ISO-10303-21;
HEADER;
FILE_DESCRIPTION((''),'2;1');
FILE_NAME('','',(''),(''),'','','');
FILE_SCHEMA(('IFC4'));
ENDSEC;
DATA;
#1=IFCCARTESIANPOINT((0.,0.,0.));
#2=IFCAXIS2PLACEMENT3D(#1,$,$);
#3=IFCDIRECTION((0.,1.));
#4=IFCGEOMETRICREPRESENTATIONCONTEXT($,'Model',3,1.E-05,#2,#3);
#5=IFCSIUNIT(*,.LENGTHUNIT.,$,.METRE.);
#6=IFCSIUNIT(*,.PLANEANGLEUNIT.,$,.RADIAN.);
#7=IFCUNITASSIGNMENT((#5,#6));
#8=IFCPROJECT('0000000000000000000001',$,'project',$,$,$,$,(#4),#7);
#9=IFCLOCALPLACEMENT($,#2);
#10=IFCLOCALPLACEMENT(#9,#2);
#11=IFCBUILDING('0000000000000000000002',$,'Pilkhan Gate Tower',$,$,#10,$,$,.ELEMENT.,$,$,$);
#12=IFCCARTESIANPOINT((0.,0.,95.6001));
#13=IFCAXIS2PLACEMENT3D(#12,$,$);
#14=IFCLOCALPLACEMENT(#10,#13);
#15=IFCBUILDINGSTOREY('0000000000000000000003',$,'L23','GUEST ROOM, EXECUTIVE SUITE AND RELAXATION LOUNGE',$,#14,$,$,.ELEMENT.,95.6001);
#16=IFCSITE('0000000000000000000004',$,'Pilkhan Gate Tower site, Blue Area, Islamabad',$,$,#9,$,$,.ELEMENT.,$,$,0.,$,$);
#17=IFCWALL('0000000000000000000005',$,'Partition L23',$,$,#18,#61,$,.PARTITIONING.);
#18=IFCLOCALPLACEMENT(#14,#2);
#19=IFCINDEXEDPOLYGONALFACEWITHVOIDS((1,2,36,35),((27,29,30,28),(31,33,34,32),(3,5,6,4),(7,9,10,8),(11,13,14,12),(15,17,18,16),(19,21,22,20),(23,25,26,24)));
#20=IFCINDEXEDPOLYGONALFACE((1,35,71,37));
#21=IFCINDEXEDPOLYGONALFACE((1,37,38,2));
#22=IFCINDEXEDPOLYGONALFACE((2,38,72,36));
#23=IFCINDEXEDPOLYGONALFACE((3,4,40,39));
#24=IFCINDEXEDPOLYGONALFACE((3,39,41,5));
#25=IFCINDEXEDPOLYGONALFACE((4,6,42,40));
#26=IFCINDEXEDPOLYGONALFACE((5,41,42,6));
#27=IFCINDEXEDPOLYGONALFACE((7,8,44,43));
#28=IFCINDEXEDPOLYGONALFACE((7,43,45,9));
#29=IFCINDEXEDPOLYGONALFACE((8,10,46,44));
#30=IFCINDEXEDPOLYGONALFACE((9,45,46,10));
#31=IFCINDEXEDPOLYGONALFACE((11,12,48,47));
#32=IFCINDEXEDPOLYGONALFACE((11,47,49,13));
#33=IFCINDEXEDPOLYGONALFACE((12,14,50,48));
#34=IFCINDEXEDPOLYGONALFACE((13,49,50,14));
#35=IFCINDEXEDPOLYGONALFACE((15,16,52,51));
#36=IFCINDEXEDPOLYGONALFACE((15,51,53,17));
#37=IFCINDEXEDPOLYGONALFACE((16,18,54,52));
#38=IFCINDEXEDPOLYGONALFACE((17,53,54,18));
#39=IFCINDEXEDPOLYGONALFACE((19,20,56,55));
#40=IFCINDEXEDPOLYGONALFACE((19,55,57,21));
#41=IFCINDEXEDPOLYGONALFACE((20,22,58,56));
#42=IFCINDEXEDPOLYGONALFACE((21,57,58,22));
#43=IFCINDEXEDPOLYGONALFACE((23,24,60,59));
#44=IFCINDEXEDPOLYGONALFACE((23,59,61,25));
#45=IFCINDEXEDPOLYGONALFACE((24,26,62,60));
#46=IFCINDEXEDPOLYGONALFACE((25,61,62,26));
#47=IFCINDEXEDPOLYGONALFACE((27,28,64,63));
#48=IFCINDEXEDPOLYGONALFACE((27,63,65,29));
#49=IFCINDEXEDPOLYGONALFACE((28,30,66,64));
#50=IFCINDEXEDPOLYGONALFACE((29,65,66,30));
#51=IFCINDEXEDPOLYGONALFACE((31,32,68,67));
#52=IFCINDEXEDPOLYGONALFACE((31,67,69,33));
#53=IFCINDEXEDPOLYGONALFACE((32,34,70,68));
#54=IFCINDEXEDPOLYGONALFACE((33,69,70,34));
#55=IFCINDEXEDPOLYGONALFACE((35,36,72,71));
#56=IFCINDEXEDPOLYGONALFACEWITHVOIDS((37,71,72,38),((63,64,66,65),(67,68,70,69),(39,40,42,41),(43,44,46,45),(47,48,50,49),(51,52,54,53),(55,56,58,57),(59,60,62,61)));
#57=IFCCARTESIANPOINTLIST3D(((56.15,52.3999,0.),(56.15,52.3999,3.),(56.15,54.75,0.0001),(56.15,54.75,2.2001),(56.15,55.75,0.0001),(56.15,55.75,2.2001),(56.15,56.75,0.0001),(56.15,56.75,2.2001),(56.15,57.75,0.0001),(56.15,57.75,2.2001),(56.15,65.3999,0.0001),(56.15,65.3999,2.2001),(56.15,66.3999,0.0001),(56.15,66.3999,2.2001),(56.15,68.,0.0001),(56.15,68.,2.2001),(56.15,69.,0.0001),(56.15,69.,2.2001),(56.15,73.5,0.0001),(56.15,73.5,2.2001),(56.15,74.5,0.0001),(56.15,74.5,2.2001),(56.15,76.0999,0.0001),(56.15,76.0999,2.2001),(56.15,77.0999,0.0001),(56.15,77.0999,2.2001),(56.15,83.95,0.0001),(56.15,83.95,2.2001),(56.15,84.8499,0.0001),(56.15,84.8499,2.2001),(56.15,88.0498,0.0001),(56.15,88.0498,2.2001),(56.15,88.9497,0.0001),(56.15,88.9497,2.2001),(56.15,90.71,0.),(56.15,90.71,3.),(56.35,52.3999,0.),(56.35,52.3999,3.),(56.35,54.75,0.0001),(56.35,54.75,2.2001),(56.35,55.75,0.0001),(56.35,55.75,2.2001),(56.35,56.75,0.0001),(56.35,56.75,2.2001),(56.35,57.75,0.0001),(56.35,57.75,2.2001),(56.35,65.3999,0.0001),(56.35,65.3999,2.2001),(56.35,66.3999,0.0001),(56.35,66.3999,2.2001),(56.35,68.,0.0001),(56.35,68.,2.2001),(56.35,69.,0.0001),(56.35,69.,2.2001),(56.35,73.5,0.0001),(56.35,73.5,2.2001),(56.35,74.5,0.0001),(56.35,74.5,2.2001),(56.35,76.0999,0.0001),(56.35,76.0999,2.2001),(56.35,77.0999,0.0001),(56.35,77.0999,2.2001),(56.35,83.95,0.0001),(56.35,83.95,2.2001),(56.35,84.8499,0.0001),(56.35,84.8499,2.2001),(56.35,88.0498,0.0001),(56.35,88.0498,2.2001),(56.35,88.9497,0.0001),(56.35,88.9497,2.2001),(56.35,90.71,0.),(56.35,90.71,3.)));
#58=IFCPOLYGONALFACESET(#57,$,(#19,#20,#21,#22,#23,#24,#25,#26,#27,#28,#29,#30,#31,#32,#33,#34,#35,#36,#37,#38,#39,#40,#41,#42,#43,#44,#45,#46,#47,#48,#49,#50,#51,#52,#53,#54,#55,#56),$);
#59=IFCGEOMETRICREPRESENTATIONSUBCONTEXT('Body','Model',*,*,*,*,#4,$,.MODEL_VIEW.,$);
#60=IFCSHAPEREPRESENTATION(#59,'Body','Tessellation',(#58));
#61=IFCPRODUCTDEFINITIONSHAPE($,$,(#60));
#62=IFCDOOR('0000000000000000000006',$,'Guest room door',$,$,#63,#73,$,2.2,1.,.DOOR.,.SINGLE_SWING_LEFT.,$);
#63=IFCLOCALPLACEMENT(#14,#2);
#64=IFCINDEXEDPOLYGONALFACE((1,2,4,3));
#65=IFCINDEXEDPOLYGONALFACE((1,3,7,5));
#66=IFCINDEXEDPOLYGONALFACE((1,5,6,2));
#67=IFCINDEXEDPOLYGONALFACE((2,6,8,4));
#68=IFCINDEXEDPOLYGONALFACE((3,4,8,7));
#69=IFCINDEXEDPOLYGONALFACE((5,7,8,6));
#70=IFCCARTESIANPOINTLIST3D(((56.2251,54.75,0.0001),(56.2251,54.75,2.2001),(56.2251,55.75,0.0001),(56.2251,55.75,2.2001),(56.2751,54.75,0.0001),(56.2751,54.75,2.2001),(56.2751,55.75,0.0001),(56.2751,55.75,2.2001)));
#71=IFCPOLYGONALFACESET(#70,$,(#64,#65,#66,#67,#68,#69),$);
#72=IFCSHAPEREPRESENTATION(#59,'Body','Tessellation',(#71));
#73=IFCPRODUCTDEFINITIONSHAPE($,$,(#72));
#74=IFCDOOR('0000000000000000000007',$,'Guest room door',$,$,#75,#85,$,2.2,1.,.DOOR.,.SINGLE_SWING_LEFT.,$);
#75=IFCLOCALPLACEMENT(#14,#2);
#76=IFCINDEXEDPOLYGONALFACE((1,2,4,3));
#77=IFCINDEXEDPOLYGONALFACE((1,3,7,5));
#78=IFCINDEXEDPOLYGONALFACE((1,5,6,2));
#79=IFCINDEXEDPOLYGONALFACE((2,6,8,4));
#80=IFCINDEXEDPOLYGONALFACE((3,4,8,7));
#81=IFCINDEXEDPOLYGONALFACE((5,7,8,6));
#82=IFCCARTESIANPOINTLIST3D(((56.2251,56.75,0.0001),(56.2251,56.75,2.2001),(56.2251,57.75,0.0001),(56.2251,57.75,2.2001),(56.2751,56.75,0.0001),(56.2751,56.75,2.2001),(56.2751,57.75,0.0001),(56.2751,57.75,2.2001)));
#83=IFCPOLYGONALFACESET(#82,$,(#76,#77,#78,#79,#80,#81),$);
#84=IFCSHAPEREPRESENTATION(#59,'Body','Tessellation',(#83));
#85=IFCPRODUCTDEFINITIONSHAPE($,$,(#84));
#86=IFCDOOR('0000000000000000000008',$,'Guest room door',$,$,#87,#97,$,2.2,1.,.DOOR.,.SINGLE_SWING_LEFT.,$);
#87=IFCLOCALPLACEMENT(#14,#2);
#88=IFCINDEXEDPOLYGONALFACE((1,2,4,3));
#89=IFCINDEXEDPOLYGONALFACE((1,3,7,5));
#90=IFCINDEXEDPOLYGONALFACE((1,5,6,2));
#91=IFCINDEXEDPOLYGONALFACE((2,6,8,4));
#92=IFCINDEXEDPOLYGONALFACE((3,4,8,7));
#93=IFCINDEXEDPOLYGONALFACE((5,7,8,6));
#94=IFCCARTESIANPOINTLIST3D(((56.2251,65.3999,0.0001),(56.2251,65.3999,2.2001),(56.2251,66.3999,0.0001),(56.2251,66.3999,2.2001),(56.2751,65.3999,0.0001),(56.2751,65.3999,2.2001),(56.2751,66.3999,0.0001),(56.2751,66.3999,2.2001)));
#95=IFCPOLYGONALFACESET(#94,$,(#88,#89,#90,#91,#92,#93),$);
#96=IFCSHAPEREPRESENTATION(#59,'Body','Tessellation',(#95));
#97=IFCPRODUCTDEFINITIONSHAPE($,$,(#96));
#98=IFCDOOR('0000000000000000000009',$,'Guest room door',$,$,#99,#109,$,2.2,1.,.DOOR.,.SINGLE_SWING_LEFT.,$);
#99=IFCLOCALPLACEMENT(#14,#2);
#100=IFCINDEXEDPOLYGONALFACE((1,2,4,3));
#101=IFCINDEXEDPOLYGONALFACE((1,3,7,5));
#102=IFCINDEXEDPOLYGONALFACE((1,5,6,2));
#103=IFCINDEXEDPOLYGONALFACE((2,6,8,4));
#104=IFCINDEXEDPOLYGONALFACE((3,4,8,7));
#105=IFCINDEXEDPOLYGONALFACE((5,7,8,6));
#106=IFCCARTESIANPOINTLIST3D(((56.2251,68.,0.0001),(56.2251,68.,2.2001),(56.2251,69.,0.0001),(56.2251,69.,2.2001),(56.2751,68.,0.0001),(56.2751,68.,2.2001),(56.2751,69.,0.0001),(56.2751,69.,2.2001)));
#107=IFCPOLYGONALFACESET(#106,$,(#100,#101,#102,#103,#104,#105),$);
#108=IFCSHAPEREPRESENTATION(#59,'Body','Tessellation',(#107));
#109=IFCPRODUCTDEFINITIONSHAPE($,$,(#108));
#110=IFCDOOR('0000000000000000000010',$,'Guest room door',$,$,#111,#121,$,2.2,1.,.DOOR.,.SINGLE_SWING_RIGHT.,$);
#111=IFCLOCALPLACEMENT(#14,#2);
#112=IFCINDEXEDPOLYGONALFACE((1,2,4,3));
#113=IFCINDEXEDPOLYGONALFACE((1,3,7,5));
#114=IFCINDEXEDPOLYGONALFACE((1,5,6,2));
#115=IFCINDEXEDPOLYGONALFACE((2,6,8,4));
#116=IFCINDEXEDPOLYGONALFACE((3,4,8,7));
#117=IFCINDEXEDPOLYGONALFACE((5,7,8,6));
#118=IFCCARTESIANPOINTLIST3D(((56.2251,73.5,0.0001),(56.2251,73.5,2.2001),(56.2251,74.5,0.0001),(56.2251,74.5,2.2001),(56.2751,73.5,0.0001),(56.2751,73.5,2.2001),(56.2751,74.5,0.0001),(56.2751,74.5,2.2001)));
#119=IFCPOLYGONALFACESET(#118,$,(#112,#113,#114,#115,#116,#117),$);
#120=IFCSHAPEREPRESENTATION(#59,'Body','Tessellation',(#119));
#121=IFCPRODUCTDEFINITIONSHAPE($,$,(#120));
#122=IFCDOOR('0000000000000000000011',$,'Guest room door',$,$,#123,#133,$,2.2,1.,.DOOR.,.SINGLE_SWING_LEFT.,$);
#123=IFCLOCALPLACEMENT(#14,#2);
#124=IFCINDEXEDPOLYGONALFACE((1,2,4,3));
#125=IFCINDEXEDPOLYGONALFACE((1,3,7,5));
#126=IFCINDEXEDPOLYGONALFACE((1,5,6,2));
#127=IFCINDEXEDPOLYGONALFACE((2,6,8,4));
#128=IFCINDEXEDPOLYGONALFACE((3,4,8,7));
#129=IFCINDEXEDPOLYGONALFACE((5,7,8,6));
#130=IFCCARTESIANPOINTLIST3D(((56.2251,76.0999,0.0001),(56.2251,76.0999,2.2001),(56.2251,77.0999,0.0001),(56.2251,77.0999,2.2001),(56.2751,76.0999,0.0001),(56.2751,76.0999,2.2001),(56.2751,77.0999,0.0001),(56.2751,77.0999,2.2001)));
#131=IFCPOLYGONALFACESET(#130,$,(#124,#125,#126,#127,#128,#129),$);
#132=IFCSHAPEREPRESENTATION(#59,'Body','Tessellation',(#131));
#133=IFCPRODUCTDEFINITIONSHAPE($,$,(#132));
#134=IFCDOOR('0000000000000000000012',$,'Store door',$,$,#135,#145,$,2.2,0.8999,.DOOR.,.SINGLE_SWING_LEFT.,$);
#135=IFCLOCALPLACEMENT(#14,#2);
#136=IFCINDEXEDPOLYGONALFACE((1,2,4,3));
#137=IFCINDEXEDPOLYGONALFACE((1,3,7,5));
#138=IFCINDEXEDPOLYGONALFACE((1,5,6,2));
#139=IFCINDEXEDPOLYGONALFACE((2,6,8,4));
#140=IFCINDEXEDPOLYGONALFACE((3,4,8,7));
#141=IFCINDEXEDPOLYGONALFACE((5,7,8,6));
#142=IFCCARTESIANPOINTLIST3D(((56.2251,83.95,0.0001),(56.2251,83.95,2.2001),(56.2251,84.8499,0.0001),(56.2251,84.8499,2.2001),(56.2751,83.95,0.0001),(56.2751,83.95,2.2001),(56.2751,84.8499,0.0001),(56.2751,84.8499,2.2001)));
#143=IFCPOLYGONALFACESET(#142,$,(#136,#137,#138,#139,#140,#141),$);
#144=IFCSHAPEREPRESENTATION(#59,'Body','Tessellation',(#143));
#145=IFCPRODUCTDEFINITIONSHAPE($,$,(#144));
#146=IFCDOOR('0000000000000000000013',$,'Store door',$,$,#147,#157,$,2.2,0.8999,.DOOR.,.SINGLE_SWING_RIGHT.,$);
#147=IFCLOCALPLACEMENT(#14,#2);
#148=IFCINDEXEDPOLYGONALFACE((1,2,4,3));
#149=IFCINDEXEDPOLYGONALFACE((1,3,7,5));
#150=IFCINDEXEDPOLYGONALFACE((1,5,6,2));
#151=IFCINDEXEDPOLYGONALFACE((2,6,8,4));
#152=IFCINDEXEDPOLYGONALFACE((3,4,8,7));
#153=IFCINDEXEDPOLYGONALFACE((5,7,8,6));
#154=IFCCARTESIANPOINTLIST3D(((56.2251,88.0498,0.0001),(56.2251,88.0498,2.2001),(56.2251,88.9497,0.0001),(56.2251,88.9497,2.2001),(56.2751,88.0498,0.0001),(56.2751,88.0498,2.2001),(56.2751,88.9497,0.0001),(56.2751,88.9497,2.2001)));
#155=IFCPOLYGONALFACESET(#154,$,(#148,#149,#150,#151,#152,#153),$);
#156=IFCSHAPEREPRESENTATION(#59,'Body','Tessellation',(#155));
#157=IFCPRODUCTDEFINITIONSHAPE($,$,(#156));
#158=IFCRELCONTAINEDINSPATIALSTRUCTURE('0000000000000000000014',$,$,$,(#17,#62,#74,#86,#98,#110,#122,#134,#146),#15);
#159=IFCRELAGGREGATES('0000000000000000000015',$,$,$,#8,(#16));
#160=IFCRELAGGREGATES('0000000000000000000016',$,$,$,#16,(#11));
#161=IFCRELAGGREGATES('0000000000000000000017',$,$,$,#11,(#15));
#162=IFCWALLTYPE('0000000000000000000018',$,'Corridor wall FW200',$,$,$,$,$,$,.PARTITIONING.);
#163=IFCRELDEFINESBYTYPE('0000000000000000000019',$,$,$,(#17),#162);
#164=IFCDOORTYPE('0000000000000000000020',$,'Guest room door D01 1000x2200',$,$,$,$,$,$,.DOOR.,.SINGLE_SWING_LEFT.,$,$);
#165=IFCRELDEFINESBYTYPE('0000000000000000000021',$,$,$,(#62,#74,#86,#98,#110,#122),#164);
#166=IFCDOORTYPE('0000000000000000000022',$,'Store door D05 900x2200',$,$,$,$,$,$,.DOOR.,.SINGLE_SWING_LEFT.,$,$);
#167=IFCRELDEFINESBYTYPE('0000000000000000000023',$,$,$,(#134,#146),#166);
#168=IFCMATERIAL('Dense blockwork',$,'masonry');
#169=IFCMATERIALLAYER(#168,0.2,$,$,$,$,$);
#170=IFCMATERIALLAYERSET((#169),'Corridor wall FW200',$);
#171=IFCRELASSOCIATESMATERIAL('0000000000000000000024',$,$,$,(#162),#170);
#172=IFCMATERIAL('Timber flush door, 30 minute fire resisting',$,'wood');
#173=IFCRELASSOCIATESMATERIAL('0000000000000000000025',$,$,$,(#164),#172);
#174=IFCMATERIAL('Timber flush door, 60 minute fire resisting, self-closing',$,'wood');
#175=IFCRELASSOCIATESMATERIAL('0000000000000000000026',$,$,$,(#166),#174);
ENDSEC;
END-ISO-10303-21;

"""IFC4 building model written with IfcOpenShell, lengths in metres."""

from ifc_helpers import new_model, si_unit, direction, frame, frame_2d, origin, place, context, subcontext, project, spatial, rectangle, extrude, material, layer, layer_set, type_object, element, fill, save


model = new_model("IFC4")

# Units and contexts
model_context = context("Model", 3, precision=1e-05, world=origin(), true_north=direction((0.0, 1.0)))
body_context = subcontext(model_context, "Body", "Model", "MODEL_VIEW")
ifc_project = project(units=[si_unit("LENGTHUNIT", "METRE"), si_unit("PLANEANGLEUNIT", "RADIAN")], contexts=[model_context])

# Site, building, storey
site_placement = place(None, origin())
site = spatial("IfcSite", under=ifc_project, at=site_placement, Name="Pilkhan Gate Tower site, Blue Area, Islamabad", CompositionType="ELEMENT", RefElevation=0.0)
building_placement = place(site_placement, origin())
building = spatial("IfcBuilding", under=site, at=building_placement, Name="Pilkhan Gate Tower", CompositionType="ELEMENT")
storey_placement = place(building_placement, frame((0.0, 0.0, 95.6001)))
storey = spatial("IfcBuildingStorey", under=building, at=storey_placement, Name="L23", Description="GUEST ROOM, EXECUTIVE SUITE AND RELAXATION LOUNGE", CompositionType="ELEMENT", Elevation=95.6001)

# Wall, openings, doors
ifc_material_1 = material(Name="Dense blockwork", Category="masonry")
ifc_layer_1 = layer(ifc_material_1, 0.2)
ifc_layer_set_1 = layer_set([ifc_layer_1], Name="Corridor wall FW200")
wall_type_1 = type_object("IfcWallType", Name="Corridor wall FW200", PredefinedType="PARTITIONING", material=ifc_layer_set_1)
ifc_material_2 = material(Name="Timber flush door, 30 minute fire resisting", Category="wood")
wall_1_placement = place(storey_placement, frame((56.25, 52.3999, 0.0), z_axis=(0.0, 0.0, 1.0), x_axis=(0.0, 1.0, 0.0)))
wall_1 = element("IfcWall", 1, at=wall_1_placement, inside=storey, type_object=wall_type_1, Name="Partition L23", PredefinedType="PARTITIONING", context=body_context, shape_type="SweptSolid", body=[
    extrude(rectangle(XDim=38.3101, YDim=0.2, at=frame_2d((19.155, 0.0))), origin(), (0.0, 0.0, 1.0), 3.0),
])
opening_1_placement = place(wall_1_placement, frame((2.3501, 0.0, 0.0)))
opening_1 = element("IfcOpeningElement", 2, at=opening_1_placement, cuts=wall_1, PredefinedType="OPENING", context=body_context, shape_type="SweptSolid", body=[
    extrude(rectangle(XDim=1.0, YDim=2.2, at=frame_2d((0.5, 1.1001))), frame((0.0, 0.1099, 0.0), z_axis=(0.0, -1.0, 0.0), x_axis=(1.0, 0.0, 0.0)), (0.0, 0.0, 1.0), 0.22),
])
opening_2_placement = place(wall_1_placement, frame((4.3501, 0.0, 0.0)))
opening_2 = element("IfcOpeningElement", 3, at=opening_2_placement, cuts=wall_1, PredefinedType="OPENING", context=body_context, shape_type="SweptSolid", body=[
    extrude(rectangle(XDim=1.0, YDim=2.2, at=frame_2d((0.5, 1.1001))), frame((0.0, 0.1099, 0.0), z_axis=(0.0, -1.0, 0.0), x_axis=(1.0, 0.0, 0.0)), (0.0, 0.0, 1.0), 0.22),
])
opening_3_placement = place(wall_1_placement, frame((13.0, 0.0, 0.0)))
opening_3 = element("IfcOpeningElement", 4, at=opening_3_placement, cuts=wall_1, PredefinedType="OPENING", context=body_context, shape_type="SweptSolid", body=[
    extrude(rectangle(XDim=1.0, YDim=2.2, at=frame_2d((0.5, 1.1001))), frame((0.0, 0.1099, 0.0), z_axis=(0.0, -1.0, 0.0), x_axis=(1.0, 0.0, 0.0)), (0.0, 0.0, 1.0), 0.22),
])
opening_4_placement = place(wall_1_placement, frame((15.6001, 0.0, 0.0)))
opening_4 = element("IfcOpeningElement", 5, at=opening_4_placement, cuts=wall_1, PredefinedType="OPENING", context=body_context, shape_type="SweptSolid", body=[
    extrude(rectangle(XDim=1.0, YDim=2.2, at=frame_2d((0.5, 1.1001))), frame((0.0, 0.1099, 0.0), z_axis=(0.0, -1.0, 0.0), x_axis=(1.0, 0.0, 0.0)), (0.0, 0.0, 1.0), 0.22),
])
opening_5_placement = place(wall_1_placement, frame((21.1001, 0.0, 0.0)))
opening_5 = element("IfcOpeningElement", 6, at=opening_5_placement, cuts=wall_1, PredefinedType="OPENING", context=body_context, shape_type="SweptSolid", body=[
    extrude(rectangle(XDim=1.0, YDim=2.2, at=frame_2d((0.5, 1.1001))), frame((0.0, 0.1099, 0.0), z_axis=(0.0, -1.0, 0.0), x_axis=(1.0, 0.0, 0.0)), (0.0, 0.0, 1.0), 0.22),
])
opening_6_placement = place(wall_1_placement, frame((23.7, 0.0, 0.0)))
opening_6 = element("IfcOpeningElement", 7, at=opening_6_placement, cuts=wall_1, PredefinedType="OPENING", context=body_context, shape_type="SweptSolid", body=[
    extrude(rectangle(XDim=1.0, YDim=2.2, at=frame_2d((0.5, 1.1001))), frame((0.0, 0.1099, 0.0), z_axis=(0.0, -1.0, 0.0), x_axis=(1.0, 0.0, 0.0)), (0.0, 0.0, 1.0), 0.22),
])
opening_7_placement = place(wall_1_placement, frame((31.55, 0.0, 0.0)))
opening_7 = element("IfcOpeningElement", 8, at=opening_7_placement, cuts=wall_1, PredefinedType="OPENING", context=body_context, shape_type="SweptSolid", body=[
    extrude(rectangle(XDim=0.8999, YDim=2.2, at=frame_2d((0.45, 1.1001))), frame((0.0, 0.1099, 0.0), z_axis=(0.0, -1.0, 0.0), x_axis=(1.0, 0.0, 0.0)), (0.0, 0.0, 1.0), 0.22),
])
opening_8_placement = place(wall_1_placement, frame((35.6499, 0.0, 0.0)))
opening_8 = element("IfcOpeningElement", 9, at=opening_8_placement, cuts=wall_1, PredefinedType="OPENING", context=body_context, shape_type="SweptSolid", body=[
    extrude(rectangle(XDim=0.8999, YDim=2.2, at=frame_2d((0.45, 1.1001))), frame((0.0, 0.1099, 0.0), z_axis=(0.0, -1.0, 0.0), x_axis=(1.0, 0.0, 0.0)), (0.0, 0.0, 1.0), 0.22),
])
door_type_1 = type_object("IfcDoorType", Name="Guest room door D01 1000x2200", OperationType="SINGLE_SWING_LEFT", PredefinedType="DOOR", material=ifc_material_2)
door_1_placement = place(opening_1_placement, origin())
door_1 = element("IfcDoor", 10, at=door_1_placement, inside=storey, type_object=door_type_1, Name="Guest room door", OperationType="SINGLE_SWING_LEFT", OverallHeight=2.2, OverallWidth=1.0, PredefinedType="DOOR", context=body_context, shape_type="SweptSolid", body=[
    extrude(rectangle(XDim=1.0, YDim=2.2, at=frame_2d((0.5, 1.1001))), frame((0.0, 0.0249, 0.0), z_axis=(0.0, -1.0, 0.0), x_axis=(1.0, 0.0, 0.0)), (0.0, 0.0, 1.0), 0.05),
])
fill(opening_1, door_1)
door_2_placement = place(opening_2_placement, origin())
door_2 = element("IfcDoor", 11, at=door_2_placement, inside=storey, type_object=door_type_1, Name="Guest room door", OperationType="SINGLE_SWING_LEFT", OverallHeight=2.2, OverallWidth=1.0, PredefinedType="DOOR", context=body_context, shape_type="SweptSolid", body=[
    extrude(rectangle(XDim=1.0, YDim=2.2, at=frame_2d((0.5, 1.1001))), frame((0.0, 0.0249, 0.0), z_axis=(0.0, -1.0, 0.0), x_axis=(1.0, 0.0, 0.0)), (0.0, 0.0, 1.0), 0.05),
])
fill(opening_2, door_2)
door_3_placement = place(opening_3_placement, origin())
door_3 = element("IfcDoor", 12, at=door_3_placement, inside=storey, type_object=door_type_1, Name="Guest room door", OperationType="SINGLE_SWING_LEFT", OverallHeight=2.2, OverallWidth=1.0, PredefinedType="DOOR", context=body_context, shape_type="SweptSolid", body=[
    extrude(rectangle(XDim=1.0, YDim=2.2, at=frame_2d((0.5, 1.1001))), frame((0.0, 0.0249, 0.0), z_axis=(0.0, -1.0, 0.0), x_axis=(1.0, 0.0, 0.0)), (0.0, 0.0, 1.0), 0.05),
])
fill(opening_3, door_3)
door_4_placement = place(opening_4_placement, origin())
door_4 = element("IfcDoor", 13, at=door_4_placement, inside=storey, type_object=door_type_1, Name="Guest room door", OperationType="SINGLE_SWING_LEFT", OverallHeight=2.2, OverallWidth=1.0, PredefinedType="DOOR", context=body_context, shape_type="SweptSolid", body=[
    extrude(rectangle(XDim=1.0, YDim=2.2, at=frame_2d((0.5, 1.1001))), frame((0.0, 0.0249, 0.0), z_axis=(0.0, -1.0, 0.0), x_axis=(1.0, 0.0, 0.0)), (0.0, 0.0, 1.0), 0.05),
])
fill(opening_4, door_4)
door_5_placement = place(opening_5_placement, origin())
door_5 = element("IfcDoor", 14, at=door_5_placement, inside=storey, type_object=door_type_1, Name="Guest room door", OperationType="SINGLE_SWING_RIGHT", OverallHeight=2.2, OverallWidth=1.0, PredefinedType="DOOR", context=body_context, shape_type="SweptSolid", body=[
    extrude(rectangle(XDim=1.0, YDim=2.2, at=frame_2d((0.5, 1.1001))), frame((0.0, 0.0249, 0.0), z_axis=(0.0, -1.0, 0.0), x_axis=(1.0, 0.0, 0.0)), (0.0, 0.0, 1.0), 0.05),
])
fill(opening_5, door_5)
door_6_placement = place(opening_6_placement, origin())
door_6 = element("IfcDoor", 15, at=door_6_placement, inside=storey, type_object=door_type_1, Name="Guest room door", OperationType="SINGLE_SWING_LEFT", OverallHeight=2.2, OverallWidth=1.0, PredefinedType="DOOR", context=body_context, shape_type="SweptSolid", body=[
    extrude(rectangle(XDim=1.0, YDim=2.2, at=frame_2d((0.5, 1.1001))), frame((0.0, 0.0249, 0.0), z_axis=(0.0, -1.0, 0.0), x_axis=(1.0, 0.0, 0.0)), (0.0, 0.0, 1.0), 0.05),
])
fill(opening_6, door_6)
ifc_material_3 = material(Name="Timber flush door, 60 minute fire resisting, self-closing", Category="wood")
door_type_2 = type_object("IfcDoorType", Name="Store door D05 900x2200", OperationType="SINGLE_SWING_LEFT", PredefinedType="DOOR", material=ifc_material_3)
door_7_placement = place(opening_7_placement, origin())
door_7 = element("IfcDoor", 16, at=door_7_placement, inside=storey, type_object=door_type_2, Name="Store door", OperationType="SINGLE_SWING_LEFT", OverallHeight=2.2, OverallWidth=0.8999, PredefinedType="DOOR", context=body_context, shape_type="SweptSolid", body=[
    extrude(rectangle(XDim=0.8999, YDim=2.2, at=frame_2d((0.45, 1.1001))), frame((0.0, 0.0249, 0.0), z_axis=(0.0, -1.0, 0.0), x_axis=(1.0, 0.0, 0.0)), (0.0, 0.0, 1.0), 0.05),
])
fill(opening_7, door_7)
door_8_placement = place(opening_8_placement, origin())
door_8 = element("IfcDoor", 17, at=door_8_placement, inside=storey, type_object=door_type_2, Name="Store door", OperationType="SINGLE_SWING_RIGHT", OverallHeight=2.2, OverallWidth=0.8999, PredefinedType="DOOR", context=body_context, shape_type="SweptSolid", body=[
    extrude(rectangle(XDim=0.8999, YDim=2.2, at=frame_2d((0.45, 1.1001))), frame((0.0, 0.0249, 0.0), z_axis=(0.0, -1.0, 0.0), x_axis=(1.0, 0.0, 0.0)), (0.0, 0.0, 1.0), 0.05),
])
fill(opening_8, door_8)

save(model, "model.ifc")
